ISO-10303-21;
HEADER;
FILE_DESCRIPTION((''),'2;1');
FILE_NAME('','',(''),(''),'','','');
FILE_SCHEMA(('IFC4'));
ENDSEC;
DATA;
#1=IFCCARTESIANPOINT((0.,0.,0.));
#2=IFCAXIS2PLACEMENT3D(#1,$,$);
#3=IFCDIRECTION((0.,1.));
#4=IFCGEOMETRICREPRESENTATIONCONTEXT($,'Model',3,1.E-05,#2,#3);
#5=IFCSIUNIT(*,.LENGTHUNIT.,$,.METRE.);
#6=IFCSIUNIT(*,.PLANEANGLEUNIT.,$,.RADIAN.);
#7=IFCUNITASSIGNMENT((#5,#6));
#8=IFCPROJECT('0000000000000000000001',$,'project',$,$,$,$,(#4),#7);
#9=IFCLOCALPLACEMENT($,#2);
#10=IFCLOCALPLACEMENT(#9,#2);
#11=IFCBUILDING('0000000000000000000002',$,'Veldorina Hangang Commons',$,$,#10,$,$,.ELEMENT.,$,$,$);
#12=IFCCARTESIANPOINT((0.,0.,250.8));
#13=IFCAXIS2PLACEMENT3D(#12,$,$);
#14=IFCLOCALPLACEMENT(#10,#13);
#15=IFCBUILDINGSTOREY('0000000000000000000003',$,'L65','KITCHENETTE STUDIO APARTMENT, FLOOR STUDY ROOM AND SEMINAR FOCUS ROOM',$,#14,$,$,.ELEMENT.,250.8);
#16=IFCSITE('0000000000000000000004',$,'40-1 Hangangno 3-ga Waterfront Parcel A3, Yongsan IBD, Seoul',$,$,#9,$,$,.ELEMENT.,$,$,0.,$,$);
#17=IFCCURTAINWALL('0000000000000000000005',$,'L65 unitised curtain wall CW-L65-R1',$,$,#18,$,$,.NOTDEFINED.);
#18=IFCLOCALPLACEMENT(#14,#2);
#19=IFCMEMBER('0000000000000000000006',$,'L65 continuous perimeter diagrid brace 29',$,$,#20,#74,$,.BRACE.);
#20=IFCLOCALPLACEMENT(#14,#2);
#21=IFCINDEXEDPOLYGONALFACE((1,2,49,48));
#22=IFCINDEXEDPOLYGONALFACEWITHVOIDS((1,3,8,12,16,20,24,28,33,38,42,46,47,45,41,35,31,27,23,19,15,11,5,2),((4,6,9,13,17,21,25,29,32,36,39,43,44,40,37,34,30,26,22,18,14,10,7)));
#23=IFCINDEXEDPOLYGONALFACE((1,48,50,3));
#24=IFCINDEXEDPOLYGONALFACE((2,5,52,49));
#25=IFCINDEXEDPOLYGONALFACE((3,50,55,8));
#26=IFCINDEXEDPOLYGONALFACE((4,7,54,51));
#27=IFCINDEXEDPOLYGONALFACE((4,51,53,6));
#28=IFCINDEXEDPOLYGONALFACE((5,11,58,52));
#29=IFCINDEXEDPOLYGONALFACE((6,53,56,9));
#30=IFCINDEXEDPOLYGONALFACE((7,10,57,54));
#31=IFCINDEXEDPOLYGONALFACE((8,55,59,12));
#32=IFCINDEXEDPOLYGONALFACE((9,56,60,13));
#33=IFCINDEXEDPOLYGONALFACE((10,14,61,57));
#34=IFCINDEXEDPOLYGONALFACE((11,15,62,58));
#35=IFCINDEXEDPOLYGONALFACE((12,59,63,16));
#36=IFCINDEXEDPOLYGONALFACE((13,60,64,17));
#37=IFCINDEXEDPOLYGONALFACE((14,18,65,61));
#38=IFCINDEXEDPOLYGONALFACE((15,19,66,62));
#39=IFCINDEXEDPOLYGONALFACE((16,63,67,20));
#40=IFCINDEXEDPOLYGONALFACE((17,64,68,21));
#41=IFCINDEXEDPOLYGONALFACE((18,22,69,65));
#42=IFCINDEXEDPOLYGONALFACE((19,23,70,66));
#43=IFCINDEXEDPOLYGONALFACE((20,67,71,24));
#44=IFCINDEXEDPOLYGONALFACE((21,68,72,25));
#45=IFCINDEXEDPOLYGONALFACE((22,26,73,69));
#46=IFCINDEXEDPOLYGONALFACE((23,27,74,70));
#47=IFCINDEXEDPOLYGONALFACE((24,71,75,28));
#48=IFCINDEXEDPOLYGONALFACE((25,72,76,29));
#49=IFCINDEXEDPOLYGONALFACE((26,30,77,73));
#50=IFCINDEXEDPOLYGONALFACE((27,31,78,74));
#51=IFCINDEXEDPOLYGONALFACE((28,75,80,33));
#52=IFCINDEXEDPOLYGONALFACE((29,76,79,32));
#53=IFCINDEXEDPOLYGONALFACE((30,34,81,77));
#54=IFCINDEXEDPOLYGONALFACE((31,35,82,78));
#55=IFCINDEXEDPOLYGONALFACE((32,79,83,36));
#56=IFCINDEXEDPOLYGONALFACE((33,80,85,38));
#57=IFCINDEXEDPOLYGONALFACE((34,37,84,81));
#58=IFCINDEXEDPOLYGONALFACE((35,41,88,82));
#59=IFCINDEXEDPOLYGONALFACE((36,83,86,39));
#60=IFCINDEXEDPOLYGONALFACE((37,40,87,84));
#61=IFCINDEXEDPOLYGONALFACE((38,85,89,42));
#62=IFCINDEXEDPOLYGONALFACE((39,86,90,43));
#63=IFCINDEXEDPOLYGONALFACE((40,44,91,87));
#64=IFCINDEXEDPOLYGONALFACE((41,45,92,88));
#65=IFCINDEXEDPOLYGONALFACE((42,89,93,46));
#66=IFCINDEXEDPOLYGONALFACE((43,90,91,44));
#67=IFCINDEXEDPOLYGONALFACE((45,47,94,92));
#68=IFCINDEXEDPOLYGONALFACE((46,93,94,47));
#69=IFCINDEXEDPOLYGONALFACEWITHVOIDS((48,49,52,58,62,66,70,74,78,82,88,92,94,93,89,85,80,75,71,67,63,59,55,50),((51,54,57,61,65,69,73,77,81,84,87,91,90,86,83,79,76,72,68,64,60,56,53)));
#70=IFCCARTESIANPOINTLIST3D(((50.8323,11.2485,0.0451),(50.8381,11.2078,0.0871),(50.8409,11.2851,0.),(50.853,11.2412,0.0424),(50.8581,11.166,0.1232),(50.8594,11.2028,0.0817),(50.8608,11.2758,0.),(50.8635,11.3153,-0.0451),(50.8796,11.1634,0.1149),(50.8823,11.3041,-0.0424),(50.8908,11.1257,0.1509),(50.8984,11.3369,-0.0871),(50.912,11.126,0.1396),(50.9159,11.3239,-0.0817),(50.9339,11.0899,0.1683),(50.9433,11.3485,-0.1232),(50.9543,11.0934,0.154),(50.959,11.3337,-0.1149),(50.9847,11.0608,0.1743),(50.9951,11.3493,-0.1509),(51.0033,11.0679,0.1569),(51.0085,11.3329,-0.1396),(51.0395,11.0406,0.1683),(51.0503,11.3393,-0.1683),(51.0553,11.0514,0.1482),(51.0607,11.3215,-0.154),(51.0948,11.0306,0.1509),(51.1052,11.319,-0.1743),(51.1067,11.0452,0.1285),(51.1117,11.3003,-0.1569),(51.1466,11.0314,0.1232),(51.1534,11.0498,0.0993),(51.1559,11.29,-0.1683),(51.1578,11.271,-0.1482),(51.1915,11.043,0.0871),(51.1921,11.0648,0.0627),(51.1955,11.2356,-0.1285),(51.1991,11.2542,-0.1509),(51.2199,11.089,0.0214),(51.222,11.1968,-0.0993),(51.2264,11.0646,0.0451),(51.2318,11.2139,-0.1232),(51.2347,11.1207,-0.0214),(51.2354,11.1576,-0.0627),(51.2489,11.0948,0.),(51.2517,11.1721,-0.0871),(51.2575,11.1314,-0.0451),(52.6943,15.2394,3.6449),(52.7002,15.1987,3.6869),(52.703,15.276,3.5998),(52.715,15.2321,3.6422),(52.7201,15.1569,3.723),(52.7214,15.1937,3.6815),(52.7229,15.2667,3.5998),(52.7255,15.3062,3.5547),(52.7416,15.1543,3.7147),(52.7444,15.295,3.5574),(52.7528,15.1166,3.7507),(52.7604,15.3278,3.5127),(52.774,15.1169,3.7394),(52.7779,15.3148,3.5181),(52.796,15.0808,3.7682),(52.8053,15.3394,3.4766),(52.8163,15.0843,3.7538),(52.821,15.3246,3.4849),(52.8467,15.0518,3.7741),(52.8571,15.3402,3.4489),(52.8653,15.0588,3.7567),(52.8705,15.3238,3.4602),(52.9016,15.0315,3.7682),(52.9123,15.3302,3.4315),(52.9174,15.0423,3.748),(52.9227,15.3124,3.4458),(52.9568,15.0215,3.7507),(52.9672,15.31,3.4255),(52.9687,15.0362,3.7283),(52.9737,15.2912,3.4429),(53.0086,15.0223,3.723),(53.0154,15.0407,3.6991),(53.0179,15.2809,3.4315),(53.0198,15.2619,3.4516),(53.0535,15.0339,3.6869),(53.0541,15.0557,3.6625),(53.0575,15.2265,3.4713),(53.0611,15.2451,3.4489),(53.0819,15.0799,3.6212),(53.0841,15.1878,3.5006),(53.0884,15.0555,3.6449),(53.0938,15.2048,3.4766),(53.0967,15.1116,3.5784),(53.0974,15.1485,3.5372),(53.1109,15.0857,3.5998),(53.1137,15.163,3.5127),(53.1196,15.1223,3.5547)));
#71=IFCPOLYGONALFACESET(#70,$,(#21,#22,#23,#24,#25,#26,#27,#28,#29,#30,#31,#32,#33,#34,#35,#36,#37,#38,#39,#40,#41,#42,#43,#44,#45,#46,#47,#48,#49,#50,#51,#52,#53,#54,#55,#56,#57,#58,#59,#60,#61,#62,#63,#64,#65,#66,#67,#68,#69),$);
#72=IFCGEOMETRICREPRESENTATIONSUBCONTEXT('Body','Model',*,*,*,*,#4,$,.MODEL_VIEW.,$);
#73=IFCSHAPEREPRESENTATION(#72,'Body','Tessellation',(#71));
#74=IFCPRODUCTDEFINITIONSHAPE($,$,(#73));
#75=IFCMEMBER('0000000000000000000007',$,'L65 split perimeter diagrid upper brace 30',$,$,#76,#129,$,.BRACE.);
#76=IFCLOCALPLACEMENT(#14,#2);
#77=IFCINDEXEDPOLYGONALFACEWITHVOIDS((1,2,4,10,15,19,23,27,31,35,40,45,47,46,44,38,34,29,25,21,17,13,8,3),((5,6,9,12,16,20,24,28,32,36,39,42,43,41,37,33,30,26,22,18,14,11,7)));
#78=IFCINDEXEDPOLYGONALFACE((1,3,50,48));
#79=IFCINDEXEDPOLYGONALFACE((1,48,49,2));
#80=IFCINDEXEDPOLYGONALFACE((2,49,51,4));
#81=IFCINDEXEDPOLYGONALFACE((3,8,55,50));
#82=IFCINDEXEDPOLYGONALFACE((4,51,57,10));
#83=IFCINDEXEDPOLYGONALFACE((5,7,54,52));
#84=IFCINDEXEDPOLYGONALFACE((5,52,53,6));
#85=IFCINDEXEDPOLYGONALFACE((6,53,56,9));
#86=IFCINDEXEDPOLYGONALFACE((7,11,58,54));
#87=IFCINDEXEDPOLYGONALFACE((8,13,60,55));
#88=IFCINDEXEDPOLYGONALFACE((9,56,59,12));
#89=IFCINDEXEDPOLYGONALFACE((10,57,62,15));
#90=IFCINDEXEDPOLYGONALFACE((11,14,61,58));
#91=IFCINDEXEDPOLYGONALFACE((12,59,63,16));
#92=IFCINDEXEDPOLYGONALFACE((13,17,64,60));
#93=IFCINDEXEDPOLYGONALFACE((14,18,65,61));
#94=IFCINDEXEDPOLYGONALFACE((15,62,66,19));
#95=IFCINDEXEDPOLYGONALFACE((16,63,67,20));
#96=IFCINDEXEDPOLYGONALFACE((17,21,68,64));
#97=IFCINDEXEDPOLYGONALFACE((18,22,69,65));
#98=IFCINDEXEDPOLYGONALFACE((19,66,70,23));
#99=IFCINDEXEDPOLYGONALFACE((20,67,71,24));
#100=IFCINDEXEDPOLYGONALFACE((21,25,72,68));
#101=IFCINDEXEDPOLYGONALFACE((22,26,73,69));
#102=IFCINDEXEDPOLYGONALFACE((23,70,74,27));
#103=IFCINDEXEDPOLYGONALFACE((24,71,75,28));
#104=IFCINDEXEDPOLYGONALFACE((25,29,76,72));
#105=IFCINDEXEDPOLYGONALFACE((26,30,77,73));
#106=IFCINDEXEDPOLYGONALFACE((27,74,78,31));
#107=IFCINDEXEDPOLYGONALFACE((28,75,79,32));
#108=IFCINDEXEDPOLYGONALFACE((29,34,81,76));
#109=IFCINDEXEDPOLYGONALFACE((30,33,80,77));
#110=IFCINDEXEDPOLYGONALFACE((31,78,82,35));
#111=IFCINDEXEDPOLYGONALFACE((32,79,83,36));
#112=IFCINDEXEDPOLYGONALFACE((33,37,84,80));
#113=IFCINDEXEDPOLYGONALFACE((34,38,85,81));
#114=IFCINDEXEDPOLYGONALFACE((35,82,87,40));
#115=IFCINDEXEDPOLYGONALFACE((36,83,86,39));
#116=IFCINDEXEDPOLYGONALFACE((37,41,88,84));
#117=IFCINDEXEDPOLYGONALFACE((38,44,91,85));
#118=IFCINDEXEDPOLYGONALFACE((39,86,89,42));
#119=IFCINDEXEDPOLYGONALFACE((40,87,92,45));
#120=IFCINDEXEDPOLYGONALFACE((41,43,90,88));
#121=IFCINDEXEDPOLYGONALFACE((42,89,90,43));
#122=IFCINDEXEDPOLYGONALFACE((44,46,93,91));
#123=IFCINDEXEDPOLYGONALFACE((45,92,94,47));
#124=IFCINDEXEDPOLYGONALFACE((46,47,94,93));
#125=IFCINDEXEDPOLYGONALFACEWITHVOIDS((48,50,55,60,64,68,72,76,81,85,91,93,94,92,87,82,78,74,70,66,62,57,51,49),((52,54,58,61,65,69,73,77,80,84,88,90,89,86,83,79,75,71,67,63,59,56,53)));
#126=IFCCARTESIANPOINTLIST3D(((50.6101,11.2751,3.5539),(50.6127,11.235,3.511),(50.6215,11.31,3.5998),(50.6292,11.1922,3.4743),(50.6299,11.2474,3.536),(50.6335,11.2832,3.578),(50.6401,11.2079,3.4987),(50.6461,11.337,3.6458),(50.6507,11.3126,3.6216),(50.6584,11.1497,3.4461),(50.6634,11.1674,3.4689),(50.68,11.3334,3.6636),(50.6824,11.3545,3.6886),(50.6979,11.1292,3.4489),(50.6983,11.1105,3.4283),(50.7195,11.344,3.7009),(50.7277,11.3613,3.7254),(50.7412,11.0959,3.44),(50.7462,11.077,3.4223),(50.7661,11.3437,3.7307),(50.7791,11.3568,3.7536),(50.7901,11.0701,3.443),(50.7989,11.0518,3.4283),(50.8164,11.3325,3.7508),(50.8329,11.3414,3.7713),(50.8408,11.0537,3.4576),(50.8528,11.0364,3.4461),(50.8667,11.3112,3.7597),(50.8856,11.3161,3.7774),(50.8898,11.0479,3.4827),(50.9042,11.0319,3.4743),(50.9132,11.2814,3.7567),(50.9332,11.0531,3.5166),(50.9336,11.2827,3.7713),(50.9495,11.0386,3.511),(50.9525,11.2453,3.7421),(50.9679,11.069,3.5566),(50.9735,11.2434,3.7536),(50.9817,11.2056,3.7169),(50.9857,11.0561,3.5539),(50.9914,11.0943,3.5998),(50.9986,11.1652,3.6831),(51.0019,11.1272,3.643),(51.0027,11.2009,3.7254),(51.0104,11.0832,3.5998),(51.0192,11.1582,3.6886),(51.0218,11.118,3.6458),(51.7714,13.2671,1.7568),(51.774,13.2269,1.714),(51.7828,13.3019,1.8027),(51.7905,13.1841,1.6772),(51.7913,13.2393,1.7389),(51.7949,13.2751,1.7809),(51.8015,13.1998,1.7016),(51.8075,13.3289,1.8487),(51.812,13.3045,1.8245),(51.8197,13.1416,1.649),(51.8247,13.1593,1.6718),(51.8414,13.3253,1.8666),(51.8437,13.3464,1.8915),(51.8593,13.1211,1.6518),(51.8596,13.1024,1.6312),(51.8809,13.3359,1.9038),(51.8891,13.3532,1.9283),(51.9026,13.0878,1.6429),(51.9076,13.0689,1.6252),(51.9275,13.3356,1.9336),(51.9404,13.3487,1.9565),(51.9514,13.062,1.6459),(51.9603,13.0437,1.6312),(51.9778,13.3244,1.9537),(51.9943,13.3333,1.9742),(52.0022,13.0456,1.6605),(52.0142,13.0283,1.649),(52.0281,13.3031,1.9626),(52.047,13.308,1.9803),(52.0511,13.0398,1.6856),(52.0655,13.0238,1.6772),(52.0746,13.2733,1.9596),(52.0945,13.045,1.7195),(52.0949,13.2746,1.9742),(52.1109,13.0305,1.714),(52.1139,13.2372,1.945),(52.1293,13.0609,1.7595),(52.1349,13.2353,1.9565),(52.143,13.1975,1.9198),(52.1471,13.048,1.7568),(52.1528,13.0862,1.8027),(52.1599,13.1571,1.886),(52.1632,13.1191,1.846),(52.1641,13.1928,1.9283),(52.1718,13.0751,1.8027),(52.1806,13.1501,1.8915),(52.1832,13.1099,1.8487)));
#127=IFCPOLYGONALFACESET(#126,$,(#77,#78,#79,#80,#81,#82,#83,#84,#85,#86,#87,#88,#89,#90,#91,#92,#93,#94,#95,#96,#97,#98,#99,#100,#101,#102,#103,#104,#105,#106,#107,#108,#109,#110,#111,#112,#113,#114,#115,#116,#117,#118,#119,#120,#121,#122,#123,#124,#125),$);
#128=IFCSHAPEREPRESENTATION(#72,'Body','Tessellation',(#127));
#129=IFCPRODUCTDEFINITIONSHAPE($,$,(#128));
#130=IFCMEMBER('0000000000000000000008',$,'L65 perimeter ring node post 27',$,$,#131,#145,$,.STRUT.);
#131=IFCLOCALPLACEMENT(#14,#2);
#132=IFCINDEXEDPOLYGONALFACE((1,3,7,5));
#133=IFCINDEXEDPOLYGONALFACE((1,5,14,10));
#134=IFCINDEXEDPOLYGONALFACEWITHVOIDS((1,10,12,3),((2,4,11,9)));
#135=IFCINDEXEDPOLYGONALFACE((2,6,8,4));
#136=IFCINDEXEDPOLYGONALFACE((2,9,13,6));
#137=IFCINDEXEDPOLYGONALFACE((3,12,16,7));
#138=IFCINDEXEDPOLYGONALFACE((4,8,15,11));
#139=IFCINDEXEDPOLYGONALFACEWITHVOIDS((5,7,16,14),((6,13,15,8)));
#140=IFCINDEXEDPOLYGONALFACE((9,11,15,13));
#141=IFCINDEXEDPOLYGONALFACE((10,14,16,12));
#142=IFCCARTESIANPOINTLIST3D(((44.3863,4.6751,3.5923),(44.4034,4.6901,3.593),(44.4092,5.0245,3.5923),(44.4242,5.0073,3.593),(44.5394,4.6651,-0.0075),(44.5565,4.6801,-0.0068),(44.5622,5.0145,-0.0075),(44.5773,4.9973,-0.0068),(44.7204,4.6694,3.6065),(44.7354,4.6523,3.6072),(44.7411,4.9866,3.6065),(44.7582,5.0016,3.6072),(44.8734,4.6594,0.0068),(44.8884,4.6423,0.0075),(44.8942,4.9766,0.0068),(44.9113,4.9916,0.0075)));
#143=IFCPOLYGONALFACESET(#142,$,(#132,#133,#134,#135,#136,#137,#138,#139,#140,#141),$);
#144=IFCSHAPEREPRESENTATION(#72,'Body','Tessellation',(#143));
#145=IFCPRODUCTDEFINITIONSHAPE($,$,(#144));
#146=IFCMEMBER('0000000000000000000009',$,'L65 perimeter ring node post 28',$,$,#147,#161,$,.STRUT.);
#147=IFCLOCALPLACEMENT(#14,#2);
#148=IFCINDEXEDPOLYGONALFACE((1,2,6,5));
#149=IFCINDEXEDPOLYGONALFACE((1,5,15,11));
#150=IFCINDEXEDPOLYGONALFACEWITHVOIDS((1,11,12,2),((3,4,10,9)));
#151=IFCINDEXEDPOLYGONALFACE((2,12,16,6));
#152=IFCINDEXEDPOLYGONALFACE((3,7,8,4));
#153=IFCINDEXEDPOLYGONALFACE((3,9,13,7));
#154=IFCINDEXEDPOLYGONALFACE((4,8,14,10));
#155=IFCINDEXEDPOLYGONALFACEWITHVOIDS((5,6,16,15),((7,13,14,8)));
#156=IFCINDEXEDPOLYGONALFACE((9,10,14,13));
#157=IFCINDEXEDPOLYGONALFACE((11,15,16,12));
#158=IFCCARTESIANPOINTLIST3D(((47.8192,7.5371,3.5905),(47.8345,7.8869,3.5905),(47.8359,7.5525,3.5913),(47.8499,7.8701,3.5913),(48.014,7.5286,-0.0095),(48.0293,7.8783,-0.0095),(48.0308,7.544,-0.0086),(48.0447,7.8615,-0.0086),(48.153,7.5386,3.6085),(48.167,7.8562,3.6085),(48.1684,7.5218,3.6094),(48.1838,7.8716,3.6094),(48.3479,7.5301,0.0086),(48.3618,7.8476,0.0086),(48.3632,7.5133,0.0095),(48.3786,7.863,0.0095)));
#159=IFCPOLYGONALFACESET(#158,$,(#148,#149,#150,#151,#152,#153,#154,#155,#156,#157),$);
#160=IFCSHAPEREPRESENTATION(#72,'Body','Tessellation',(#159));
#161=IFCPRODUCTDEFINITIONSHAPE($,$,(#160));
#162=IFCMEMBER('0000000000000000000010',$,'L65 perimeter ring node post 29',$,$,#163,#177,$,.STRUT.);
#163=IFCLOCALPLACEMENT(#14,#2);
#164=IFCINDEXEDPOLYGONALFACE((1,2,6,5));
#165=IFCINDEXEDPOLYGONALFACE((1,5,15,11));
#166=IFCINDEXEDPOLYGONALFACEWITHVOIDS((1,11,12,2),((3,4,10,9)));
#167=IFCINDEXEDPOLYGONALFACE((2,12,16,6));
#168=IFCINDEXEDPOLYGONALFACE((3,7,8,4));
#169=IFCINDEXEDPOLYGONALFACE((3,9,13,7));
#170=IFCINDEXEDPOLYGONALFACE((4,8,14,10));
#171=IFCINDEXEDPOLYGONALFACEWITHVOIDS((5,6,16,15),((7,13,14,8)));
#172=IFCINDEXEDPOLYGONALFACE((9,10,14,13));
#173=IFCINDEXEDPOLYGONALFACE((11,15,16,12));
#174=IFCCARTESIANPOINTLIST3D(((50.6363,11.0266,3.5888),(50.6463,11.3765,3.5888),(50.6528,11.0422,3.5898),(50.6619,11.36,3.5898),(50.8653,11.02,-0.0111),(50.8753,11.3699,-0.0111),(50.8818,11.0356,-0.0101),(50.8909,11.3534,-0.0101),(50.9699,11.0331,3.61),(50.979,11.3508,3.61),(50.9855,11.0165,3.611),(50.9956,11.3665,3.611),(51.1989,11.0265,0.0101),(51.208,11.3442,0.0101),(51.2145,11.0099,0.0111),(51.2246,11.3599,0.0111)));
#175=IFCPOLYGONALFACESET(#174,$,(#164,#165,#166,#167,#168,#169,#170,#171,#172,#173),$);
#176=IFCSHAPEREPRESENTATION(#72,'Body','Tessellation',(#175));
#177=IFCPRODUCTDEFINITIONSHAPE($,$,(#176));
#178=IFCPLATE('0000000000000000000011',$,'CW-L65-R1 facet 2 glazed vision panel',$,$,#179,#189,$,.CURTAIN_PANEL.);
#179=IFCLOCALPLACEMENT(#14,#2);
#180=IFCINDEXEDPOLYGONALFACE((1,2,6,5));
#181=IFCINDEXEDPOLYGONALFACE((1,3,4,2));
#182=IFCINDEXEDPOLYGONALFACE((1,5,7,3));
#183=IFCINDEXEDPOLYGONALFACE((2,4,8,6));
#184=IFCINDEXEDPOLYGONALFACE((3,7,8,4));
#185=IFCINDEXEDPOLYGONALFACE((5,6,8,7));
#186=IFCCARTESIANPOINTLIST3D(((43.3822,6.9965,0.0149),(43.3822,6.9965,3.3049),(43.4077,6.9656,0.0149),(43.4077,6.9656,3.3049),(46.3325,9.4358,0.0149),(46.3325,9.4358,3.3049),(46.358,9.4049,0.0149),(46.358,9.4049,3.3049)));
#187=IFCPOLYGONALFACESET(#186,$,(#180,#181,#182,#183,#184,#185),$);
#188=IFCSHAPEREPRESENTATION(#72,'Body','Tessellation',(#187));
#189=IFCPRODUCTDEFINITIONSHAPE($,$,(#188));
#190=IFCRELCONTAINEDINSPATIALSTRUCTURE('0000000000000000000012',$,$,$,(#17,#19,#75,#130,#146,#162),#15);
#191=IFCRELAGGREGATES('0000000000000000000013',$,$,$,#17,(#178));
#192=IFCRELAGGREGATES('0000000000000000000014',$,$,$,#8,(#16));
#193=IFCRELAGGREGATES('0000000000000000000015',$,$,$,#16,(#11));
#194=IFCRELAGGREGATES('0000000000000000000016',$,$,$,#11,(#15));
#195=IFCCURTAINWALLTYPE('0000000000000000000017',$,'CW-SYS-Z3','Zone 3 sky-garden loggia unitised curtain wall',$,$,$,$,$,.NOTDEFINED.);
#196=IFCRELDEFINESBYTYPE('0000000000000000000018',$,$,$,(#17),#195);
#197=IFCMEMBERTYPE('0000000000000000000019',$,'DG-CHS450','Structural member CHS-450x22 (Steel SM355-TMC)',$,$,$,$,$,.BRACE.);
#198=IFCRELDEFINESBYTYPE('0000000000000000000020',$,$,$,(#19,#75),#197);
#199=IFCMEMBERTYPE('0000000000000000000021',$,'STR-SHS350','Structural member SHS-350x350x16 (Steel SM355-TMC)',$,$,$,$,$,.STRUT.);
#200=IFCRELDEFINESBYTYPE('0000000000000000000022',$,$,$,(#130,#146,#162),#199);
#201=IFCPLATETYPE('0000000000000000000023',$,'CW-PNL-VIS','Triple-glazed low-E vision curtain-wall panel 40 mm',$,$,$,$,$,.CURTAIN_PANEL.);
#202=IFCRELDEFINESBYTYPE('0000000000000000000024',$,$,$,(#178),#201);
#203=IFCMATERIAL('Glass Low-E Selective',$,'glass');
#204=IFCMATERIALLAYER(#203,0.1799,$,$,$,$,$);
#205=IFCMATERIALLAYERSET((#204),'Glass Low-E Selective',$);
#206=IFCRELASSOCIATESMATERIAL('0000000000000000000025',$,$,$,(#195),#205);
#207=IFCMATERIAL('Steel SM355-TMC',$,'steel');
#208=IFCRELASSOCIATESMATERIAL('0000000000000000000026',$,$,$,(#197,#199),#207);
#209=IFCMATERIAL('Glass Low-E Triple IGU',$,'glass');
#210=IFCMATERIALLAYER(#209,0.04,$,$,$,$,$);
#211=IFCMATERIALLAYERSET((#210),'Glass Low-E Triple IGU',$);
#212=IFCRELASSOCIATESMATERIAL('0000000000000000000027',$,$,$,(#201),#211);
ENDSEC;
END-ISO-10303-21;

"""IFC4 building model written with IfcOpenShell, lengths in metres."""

from ifc_helpers import new_model, si_unit, direction, frame, origin, origin_2d, place, context, subcontext, project, spatial, rectangle, hollow_rectangle, hollow_circle, extrude, material, layer, layer_set, material_profile, profile_set, type_object, element, aggregate, save


model = new_model("IFC4")

# Units and contexts
model_context = context("Model", 3, precision=1e-05, world=origin(), true_north=direction((0.0, 1.0)))
body_context = subcontext(model_context, "Body", "Model", "MODEL_VIEW")
ifc_project = project(units=[si_unit("LENGTHUNIT", "METRE"), si_unit("PLANEANGLEUNIT", "RADIAN")], contexts=[model_context])

# Site, building, storey
site_placement = place(None, origin())
site = spatial("IfcSite", under=ifc_project, at=site_placement, Name="40-1 Hangangno 3-ga Waterfront Parcel A3, Yongsan IBD, Seoul", CompositionType="ELEMENT", RefElevation=0.0)
building_placement = place(site_placement, origin())
building = spatial("IfcBuilding", under=site, at=building_placement, Name="Veldorina Hangang Commons", CompositionType="ELEMENT")
storey_placement = place(building_placement, frame((0.0, 0.0, 250.8)))
storey = spatial("IfcBuildingStorey", under=building, at=storey_placement, Name="L65", Description="KITCHENETTE STUDIO APARTMENT, FLOOR STUDY ROOM AND SEMINAR FOCUS ROOM", CompositionType="ELEMENT", Elevation=250.8)

# Shared definitions
ifc_material_1 = material(Name="Steel SM355-TMC", Category="steel")

# Curtain wall
ifc_material_2 = material(Name="Glass Low-E Selective", Category="glass")
ifc_layer_1 = layer(ifc_material_2, 0.1799)
ifc_layer_set_1 = layer_set([ifc_layer_1], Name="Glass Low-E Selective")
curtain_wall_type = type_object("IfcCurtainWallType", Name="CW-SYS-Z3", Description="Zone 3 sky-garden loggia unitised curtain wall", PredefinedType="NOTDEFINED", material=ifc_layer_set_1)
curtain_wall_placement = place(storey_placement, origin())
curtain_wall = element("IfcCurtainWall", 1, at=curtain_wall_placement, inside=storey, type_object=curtain_wall_type, Name="L65 unitised curtain wall CW-L65-R1", PredefinedType="NOTDEFINED")

# Members
ifc_material_profile_1 = material_profile(ifc_material_1, hollow_circle(Radius=0.2251, WallThickness=0.022, at=origin_2d()), Name="CHS-450x22")
ifc_profile_set_1 = profile_set([ifc_material_profile_1], Name="Steel SM355-TMC")
member_type_1 = type_object("IfcMemberType", Name="DG-CHS450", Description="Structural member CHS-450x22 (Steel SM355-TMC)", PredefinedType="BRACE", material=ifc_profile_set_1)
member_1_placement = place(storey_placement, frame((51.0449, 11.1899, 0.0), z_axis=(0.327363, 0.701639, 0.632879), x_axis=(-0.906217, 0.422813, 0.0)))
element("IfcMember", 2, at=member_1_placement, inside=storey, type_object=member_type_1, Name="L65 continuous perimeter diagrid brace 29", PredefinedType="BRACE", context=body_context, shape_type="SweptSolid", body=[
    extrude(hollow_circle(Radius=0.2251, WallThickness=0.022, at=origin_2d()), origin(), (0.0, 0.0, 1.0), 5.688),
])
member_2_placement = place(storey_placement, frame((51.9773, 13.1885, 1.8027), z_axis=(-0.397269, -0.681379, 0.614736), x_axis=(0.86389, -0.50368, 0.0)))
element("IfcMember", 3, at=member_2_placement, inside=storey, type_object=member_type_1, Name="L65 split perimeter diagrid upper brace 30", PredefinedType="BRACE", context=body_context, shape_type="SweptSolid", body=[
    extrude(hollow_circle(Radius=0.2251, WallThickness=0.022, at=origin_2d()), origin(), (0.0, 0.0, 1.0), 2.9233),
])
ifc_material_profile_2 = material_profile(ifc_material_1, hollow_rectangle(XDim=0.3501, YDim=0.3501, WallThickness=0.0161, at=origin_2d()), Name="SHS-350x350x16")
ifc_profile_set_2 = profile_set([ifc_material_profile_2], Name="Steel SM355-TMC")
member_type_2 = type_object("IfcMemberType", Name="STR-SHS350", Description="Structural member SHS-350x350x16 (Steel SM355-TMC)", PredefinedType="STRUT", material=ifc_profile_set_2)
member_3_placement = place(storey_placement, frame((44.7253, 4.8284, 0.0), z_axis=(-0.042484, 0.002778, 0.999093), x_axis=(-0.065251, -0.997869, 0.0)))
element("IfcMember", 4, at=member_3_placement, inside=storey, type_object=member_type_2, Name="L65 perimeter ring node post 27", PredefinedType="STRUT", context=body_context, shape_type="SweptSolid", body=[
    extrude(hollow_rectangle(XDim=0.3501, YDim=0.3501, WallThickness=0.0161, at=origin_2d()), origin(), (0.0, 0.0, 1.0), 3.603),
])
member_4_placement = place(storey_placement, frame((48.1963, 7.6958, 0.0), z_axis=(-0.054041, 0.00237, 0.998536), x_axis=(-0.043818, -0.99904, 0.0)))
element("IfcMember", 5, at=member_4_placement, inside=storey, type_object=member_type_2, Name="L65 perimeter ring node post 28", PredefinedType="STRUT", context=body_context, shape_type="SweptSolid", body=[
    extrude(hollow_rectangle(XDim=0.3501, YDim=0.3501, WallThickness=0.0161, at=origin_2d()), origin(), (0.0, 0.0, 1.0), 3.6052),
])
member_5_placement = place(storey_placement, frame((51.0449, 11.1899, 0.0), z_axis=(-0.063486, 0.001827, 0.997981), x_axis=(-0.028773, -0.999586, 0.0)))
element("IfcMember", 6, at=member_5_placement, inside=storey, type_object=member_type_2, Name="L65 perimeter ring node post 29", PredefinedType="STRUT", context=body_context, shape_type="SweptSolid", body=[
    extrude(hollow_rectangle(XDim=0.3501, YDim=0.3501, WallThickness=0.0161, at=origin_2d()), origin(), (0.0, 0.0, 1.0), 3.6072),
])

# Plate
ifc_material_3 = material(Name="Glass Low-E Triple IGU", Category="glass")
ifc_layer_2 = layer(ifc_material_3, 0.04)
ifc_layer_set_2 = layer_set([ifc_layer_2], Name="Glass Low-E Triple IGU")
plate_type_1 = type_object("IfcPlateType", Name="CW-PNL-VIS", Description="Triple-glazed low-E vision curtain-wall panel 40 mm", PredefinedType="CURTAIN_PANEL", material=ifc_layer_set_2)
plate_1_placement = place(storey_placement, frame((44.8701, 8.2007, 0.0149), z_axis=(0.0, 0.0, 1.0), x_axis=(0.770691, 0.637209, 0.0)))
plate_1 = element("IfcPlate", 7, at=plate_1_placement, type_object=plate_type_1, Name="CW-L65-R1 facet 2 glazed vision panel", PredefinedType="CURTAIN_PANEL", context=body_context, shape_type="SweptSolid", body=[
    extrude(rectangle(XDim=3.8281, YDim=0.04, at=origin_2d()), origin(), (0.0, 0.0, 1.0), 3.29),
])
aggregate(curtain_wall, [plate_1])

save(model, "model.ifc")
